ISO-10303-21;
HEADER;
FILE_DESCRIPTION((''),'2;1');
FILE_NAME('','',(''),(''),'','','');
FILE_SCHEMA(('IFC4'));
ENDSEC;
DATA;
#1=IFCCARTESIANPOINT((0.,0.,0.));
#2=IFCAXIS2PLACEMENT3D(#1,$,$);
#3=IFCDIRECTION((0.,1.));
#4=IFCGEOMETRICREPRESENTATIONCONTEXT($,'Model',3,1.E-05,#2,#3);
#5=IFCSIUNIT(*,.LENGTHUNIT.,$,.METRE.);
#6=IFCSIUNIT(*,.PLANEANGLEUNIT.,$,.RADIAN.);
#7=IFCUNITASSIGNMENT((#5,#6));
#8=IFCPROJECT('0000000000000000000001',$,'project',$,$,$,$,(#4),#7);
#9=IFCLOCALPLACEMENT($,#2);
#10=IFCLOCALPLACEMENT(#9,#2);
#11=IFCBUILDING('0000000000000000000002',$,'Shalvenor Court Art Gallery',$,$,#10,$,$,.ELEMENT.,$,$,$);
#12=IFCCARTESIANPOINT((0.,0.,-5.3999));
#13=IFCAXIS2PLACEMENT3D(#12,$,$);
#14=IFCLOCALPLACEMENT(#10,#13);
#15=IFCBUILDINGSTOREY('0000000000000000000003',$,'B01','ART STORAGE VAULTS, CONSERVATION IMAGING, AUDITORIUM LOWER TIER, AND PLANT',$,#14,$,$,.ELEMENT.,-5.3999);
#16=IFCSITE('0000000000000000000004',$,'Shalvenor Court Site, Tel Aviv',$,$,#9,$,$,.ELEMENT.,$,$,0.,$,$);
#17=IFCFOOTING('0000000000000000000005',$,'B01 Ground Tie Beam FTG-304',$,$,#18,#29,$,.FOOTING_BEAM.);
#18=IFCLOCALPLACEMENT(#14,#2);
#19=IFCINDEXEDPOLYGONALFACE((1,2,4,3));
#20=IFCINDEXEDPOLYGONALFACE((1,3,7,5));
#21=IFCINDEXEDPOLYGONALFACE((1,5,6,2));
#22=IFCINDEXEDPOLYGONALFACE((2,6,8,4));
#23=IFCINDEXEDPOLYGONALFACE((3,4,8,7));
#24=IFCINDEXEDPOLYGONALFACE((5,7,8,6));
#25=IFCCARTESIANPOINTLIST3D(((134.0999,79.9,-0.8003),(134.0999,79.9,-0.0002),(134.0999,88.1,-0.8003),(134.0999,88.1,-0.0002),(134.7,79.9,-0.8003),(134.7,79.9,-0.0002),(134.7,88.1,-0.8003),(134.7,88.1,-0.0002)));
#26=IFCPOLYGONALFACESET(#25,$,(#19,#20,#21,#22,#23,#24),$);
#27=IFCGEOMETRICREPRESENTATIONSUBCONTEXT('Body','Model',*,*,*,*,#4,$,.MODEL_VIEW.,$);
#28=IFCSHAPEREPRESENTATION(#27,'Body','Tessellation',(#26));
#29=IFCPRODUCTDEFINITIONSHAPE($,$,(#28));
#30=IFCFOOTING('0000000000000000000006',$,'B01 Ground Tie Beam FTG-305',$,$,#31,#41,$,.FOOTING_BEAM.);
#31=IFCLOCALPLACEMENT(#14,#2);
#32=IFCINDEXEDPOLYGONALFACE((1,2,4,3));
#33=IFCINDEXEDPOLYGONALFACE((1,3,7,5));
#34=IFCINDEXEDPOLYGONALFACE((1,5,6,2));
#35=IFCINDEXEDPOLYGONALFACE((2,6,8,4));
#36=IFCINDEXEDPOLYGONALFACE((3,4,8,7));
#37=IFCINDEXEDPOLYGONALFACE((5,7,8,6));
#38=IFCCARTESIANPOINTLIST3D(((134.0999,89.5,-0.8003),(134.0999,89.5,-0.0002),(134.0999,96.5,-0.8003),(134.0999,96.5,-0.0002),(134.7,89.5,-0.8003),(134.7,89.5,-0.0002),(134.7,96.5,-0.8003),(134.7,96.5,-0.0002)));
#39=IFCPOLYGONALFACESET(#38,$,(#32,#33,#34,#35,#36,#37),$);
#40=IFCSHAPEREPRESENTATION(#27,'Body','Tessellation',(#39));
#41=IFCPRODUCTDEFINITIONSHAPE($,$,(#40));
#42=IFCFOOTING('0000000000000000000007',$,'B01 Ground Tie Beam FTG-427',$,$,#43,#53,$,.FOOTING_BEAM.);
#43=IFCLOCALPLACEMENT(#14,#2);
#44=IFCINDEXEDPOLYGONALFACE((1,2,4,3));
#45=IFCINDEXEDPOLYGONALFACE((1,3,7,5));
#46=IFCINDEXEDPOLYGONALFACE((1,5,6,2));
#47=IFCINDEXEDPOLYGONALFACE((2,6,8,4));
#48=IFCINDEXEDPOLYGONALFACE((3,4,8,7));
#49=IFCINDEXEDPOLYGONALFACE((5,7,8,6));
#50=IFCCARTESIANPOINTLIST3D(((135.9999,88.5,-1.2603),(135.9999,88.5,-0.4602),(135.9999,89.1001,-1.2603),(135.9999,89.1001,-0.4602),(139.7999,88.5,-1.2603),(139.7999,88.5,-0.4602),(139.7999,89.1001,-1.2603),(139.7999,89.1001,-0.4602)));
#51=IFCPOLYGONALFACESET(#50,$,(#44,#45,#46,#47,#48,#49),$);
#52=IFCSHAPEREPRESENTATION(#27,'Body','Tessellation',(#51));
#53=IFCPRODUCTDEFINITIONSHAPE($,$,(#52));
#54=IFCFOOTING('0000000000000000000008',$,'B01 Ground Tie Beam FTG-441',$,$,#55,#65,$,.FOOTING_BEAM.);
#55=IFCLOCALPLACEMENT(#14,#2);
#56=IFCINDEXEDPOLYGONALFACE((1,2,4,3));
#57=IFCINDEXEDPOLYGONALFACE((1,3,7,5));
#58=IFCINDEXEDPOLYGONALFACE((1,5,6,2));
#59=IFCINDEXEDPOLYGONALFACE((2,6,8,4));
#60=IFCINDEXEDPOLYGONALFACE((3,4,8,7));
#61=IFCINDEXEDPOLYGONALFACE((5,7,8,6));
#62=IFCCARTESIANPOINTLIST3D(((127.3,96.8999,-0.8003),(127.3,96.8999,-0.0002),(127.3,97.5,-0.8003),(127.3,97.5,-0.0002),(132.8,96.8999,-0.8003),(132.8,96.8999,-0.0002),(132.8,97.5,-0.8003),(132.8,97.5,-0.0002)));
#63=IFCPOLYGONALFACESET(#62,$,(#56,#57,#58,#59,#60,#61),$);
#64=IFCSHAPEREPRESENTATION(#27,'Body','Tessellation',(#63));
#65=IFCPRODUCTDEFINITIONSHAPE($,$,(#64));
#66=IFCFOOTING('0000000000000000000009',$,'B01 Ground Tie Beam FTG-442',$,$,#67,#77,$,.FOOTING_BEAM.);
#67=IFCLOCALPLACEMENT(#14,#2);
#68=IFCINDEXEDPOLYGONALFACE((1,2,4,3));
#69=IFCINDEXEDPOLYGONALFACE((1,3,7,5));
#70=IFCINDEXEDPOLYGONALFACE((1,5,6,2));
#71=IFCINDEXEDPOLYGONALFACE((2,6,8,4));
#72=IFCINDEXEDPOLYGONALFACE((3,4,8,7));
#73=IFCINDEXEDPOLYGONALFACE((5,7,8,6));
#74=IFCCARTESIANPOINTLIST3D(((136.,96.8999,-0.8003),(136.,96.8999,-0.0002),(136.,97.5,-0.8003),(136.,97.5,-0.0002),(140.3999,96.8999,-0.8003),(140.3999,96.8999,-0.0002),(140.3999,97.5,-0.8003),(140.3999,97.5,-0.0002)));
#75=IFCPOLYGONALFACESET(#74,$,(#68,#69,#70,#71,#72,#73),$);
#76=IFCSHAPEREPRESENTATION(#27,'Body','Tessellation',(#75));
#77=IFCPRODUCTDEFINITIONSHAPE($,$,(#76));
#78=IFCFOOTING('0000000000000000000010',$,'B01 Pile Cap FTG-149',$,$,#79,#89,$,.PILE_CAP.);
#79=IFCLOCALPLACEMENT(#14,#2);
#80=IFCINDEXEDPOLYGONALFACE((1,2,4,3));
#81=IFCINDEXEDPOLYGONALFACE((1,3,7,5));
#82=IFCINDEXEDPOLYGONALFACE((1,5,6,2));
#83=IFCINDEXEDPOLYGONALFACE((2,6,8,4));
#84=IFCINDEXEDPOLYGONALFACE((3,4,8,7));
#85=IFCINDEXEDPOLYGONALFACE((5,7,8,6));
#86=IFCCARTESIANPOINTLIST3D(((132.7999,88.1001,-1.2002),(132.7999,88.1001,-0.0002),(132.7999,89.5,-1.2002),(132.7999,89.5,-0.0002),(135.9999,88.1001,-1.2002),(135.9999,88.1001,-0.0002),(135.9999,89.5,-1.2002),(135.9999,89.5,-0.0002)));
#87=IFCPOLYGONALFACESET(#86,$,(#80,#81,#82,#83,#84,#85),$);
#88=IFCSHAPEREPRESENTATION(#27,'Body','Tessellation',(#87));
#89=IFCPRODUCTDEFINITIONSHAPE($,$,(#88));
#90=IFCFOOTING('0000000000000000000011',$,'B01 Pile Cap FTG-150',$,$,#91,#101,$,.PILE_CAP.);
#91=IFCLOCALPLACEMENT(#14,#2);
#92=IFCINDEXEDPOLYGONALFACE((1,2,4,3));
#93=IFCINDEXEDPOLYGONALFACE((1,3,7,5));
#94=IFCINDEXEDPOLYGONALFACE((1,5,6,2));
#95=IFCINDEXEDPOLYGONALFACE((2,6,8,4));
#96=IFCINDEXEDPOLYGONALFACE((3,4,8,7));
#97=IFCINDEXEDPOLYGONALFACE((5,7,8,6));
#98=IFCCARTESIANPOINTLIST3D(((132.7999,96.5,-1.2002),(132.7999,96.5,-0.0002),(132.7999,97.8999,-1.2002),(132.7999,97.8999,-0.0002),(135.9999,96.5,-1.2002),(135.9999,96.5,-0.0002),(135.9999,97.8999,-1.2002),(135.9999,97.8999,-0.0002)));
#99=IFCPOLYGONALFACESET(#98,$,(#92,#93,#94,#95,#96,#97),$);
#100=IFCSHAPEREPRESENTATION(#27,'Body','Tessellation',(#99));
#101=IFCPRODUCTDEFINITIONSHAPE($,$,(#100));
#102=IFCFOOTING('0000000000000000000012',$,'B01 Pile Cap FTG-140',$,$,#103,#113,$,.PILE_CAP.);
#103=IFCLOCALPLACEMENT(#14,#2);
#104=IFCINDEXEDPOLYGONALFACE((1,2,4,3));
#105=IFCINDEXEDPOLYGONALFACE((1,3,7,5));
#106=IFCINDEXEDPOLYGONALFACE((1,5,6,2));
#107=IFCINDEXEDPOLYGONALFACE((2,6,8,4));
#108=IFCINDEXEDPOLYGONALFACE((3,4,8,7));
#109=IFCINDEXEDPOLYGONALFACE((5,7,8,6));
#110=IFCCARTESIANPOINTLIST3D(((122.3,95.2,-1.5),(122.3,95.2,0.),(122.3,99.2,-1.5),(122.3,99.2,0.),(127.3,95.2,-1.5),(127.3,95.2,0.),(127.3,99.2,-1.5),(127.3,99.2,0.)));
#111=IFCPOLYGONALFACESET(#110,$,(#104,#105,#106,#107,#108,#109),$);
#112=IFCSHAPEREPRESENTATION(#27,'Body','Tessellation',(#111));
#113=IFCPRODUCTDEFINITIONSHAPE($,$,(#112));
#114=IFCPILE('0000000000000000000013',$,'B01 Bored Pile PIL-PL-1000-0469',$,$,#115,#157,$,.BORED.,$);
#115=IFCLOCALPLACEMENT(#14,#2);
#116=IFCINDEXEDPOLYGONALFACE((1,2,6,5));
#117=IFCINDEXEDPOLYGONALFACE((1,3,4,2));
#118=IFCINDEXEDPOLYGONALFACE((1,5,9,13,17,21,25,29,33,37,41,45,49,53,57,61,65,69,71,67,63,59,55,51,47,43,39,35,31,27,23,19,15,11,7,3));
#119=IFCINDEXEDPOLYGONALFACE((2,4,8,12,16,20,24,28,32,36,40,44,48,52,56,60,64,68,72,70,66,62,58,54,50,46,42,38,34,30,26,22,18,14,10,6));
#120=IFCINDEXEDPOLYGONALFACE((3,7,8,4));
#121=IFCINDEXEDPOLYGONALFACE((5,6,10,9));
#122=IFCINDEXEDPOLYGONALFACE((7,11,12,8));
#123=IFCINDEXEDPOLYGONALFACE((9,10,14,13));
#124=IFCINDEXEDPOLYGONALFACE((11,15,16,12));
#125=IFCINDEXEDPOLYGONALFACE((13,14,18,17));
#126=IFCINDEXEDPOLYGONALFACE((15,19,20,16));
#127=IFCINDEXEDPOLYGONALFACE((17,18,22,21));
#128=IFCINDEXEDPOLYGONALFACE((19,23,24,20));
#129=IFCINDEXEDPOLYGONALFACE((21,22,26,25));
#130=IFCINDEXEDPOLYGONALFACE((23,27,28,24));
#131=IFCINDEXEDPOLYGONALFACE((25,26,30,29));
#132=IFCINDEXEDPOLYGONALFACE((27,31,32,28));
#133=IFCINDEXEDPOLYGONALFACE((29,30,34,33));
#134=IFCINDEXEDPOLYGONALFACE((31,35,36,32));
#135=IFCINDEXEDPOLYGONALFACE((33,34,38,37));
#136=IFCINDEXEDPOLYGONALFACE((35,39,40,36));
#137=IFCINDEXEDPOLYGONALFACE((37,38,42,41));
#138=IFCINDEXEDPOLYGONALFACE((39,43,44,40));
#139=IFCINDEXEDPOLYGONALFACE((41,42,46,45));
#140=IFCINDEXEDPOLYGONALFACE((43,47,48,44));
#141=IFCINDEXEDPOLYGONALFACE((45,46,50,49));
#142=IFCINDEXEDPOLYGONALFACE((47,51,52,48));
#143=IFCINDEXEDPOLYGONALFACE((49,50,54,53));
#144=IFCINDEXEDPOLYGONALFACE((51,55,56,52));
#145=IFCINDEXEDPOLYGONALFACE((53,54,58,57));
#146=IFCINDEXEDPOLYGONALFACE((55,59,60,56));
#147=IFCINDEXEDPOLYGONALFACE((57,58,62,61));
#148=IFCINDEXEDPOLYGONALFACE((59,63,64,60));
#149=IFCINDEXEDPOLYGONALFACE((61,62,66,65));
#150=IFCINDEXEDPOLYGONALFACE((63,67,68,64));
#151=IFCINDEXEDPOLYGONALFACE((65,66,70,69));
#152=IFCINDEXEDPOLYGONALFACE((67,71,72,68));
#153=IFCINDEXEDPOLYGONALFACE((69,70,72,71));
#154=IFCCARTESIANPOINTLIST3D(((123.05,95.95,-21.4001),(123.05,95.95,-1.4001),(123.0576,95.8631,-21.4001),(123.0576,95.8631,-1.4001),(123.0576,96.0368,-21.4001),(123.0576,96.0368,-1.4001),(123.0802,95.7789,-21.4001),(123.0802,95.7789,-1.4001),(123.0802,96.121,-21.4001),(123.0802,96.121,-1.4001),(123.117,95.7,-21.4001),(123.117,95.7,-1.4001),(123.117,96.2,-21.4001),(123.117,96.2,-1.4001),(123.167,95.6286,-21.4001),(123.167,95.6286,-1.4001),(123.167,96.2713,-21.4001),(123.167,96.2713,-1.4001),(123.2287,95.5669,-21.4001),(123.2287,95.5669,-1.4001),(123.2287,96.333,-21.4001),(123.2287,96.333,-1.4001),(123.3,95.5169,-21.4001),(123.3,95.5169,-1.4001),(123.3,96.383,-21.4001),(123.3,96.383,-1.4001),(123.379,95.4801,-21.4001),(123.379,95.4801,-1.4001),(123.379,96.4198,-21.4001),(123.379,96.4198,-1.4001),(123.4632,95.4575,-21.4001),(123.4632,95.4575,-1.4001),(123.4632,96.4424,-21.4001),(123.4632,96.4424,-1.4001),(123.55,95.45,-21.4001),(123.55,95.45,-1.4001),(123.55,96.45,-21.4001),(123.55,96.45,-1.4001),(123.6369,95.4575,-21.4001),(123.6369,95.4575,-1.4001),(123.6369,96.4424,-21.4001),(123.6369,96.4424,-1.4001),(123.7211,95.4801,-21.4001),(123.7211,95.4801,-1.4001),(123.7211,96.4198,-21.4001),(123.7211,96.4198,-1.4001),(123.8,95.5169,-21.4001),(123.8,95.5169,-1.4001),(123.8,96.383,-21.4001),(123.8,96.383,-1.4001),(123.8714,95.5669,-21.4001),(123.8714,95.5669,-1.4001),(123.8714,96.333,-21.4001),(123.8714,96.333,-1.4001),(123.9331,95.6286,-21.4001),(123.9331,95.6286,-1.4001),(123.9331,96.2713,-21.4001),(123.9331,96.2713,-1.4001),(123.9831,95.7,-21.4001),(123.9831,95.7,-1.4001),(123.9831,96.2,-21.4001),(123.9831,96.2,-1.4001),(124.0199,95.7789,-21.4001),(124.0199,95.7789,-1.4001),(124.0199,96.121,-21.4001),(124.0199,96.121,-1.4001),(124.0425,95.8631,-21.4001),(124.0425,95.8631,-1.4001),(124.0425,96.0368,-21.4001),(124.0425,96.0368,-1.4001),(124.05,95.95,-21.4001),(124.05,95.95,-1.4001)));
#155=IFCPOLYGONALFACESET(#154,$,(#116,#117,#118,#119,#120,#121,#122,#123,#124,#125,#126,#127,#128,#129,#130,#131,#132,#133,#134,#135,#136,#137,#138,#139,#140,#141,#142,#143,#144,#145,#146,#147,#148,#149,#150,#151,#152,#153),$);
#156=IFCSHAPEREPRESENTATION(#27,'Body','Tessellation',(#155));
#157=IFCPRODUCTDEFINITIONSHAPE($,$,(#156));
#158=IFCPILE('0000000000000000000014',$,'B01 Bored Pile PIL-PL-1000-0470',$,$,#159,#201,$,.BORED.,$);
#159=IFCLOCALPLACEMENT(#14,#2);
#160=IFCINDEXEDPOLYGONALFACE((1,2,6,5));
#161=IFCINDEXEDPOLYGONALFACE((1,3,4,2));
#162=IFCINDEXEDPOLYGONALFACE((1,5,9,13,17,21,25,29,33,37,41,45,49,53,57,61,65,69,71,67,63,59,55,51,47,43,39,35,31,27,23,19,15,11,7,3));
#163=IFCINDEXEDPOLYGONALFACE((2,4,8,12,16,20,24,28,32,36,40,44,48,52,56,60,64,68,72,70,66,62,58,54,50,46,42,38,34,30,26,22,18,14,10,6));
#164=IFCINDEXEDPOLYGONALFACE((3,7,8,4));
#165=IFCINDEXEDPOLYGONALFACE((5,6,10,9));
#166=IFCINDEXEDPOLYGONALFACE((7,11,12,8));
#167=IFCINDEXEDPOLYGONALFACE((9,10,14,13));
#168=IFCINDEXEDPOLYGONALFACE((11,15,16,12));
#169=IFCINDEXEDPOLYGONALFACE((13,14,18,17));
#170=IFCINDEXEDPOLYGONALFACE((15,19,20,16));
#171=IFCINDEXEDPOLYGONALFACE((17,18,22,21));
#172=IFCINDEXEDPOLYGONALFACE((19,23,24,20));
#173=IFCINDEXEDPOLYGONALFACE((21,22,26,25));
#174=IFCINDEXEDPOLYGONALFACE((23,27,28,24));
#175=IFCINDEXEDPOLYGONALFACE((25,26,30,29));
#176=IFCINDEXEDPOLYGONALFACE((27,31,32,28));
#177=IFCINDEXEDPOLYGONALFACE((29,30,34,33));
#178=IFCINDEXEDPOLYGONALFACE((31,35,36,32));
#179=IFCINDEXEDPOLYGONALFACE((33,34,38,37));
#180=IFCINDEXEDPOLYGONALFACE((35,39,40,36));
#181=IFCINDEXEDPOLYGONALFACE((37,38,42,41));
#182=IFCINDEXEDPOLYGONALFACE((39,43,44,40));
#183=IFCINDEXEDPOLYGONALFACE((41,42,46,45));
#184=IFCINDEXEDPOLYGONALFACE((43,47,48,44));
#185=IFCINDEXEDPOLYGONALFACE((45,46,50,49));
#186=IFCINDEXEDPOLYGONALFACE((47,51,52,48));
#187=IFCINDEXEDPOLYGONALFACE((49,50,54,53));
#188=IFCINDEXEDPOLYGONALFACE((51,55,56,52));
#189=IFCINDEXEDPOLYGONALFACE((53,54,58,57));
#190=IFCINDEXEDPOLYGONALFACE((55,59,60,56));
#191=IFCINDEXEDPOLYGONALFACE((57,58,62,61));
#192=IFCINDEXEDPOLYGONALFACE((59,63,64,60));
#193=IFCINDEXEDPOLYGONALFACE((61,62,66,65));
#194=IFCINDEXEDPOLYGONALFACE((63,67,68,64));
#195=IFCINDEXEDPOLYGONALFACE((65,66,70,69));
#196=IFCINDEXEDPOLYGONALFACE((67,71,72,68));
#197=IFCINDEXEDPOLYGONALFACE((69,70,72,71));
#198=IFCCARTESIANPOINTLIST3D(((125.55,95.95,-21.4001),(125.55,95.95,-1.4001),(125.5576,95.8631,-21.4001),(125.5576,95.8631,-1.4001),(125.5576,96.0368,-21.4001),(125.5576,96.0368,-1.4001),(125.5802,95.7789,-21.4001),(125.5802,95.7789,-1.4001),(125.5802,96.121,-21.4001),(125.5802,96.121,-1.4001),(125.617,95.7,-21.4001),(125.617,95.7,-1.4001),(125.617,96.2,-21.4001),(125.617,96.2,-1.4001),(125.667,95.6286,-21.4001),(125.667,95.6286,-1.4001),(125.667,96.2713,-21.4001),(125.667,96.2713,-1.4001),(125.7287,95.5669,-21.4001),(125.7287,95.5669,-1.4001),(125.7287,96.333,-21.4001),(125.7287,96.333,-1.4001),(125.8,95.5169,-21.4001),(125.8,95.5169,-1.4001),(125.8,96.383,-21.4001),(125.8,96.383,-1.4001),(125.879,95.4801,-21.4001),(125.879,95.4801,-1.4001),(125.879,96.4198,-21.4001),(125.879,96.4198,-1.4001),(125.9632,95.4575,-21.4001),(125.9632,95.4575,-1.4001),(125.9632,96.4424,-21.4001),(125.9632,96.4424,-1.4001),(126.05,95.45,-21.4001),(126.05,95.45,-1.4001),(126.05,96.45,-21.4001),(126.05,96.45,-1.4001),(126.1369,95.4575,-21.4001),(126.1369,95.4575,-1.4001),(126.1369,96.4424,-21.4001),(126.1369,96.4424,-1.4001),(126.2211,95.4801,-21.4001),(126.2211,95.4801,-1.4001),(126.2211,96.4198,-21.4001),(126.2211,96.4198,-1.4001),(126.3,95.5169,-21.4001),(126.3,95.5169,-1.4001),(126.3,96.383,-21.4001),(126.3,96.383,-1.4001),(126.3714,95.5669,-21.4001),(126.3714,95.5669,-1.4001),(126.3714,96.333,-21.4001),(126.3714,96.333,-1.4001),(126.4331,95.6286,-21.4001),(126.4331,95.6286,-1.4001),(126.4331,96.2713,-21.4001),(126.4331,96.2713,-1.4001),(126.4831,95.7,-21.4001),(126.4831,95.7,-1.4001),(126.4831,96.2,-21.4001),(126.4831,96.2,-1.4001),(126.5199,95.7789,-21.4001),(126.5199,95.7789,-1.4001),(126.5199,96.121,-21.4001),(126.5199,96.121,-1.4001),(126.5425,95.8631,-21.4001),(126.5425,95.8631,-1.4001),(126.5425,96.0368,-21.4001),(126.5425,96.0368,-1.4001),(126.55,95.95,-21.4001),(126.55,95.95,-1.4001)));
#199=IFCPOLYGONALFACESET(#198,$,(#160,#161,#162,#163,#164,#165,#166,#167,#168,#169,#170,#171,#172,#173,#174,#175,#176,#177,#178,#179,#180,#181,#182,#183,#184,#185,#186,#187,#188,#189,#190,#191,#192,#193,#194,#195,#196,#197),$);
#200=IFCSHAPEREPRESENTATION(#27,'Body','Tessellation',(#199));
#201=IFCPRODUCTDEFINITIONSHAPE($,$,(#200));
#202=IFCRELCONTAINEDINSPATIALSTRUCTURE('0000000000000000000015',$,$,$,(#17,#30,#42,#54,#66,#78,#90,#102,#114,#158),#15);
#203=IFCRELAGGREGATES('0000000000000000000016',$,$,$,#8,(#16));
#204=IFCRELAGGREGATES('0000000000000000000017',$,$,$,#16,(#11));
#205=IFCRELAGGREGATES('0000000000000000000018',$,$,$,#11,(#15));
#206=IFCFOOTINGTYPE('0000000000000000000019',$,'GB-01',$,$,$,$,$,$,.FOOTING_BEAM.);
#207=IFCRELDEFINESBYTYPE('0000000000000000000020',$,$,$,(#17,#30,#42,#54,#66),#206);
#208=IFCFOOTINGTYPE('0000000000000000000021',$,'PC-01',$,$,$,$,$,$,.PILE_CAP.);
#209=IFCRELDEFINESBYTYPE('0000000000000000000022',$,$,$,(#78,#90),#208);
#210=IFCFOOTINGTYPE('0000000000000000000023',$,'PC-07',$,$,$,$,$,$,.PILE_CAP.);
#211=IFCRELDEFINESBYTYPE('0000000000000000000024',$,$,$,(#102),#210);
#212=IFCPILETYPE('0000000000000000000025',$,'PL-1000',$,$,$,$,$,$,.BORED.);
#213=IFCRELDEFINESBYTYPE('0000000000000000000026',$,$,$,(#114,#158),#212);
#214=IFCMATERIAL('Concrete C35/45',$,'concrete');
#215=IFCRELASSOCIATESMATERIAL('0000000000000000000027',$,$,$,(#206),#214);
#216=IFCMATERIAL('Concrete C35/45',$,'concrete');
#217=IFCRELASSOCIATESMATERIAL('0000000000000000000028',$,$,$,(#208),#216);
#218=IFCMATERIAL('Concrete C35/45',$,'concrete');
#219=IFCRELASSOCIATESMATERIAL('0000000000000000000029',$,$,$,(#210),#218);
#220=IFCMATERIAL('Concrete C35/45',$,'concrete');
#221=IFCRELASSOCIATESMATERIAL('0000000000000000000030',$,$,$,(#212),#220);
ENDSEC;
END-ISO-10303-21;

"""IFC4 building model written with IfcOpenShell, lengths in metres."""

from ifc_helpers import new_model, si_unit, direction, frame, origin, origin_2d, place, context, subcontext, project, spatial, rectangle, circle, extrude, material, material_profile, profile_set, type_object, element, save


model = new_model("IFC4")

# Units and contexts
model_context = context("Model", 3, precision=1e-05, world=origin(), true_north=direction((0.0, 1.0)))
body_context = subcontext(model_context, "Body", "Model", "MODEL_VIEW")
ifc_project = project(units=[si_unit("LENGTHUNIT", "METRE"), si_unit("PLANEANGLEUNIT", "RADIAN")], contexts=[model_context])

# Site, building, storey
site_placement = place(None, origin())
site = spatial("IfcSite", under=ifc_project, at=site_placement, Name="Shalvenor Court Site, Tel Aviv", CompositionType="ELEMENT", RefElevation=0.0)
building_placement = place(site_placement, origin())
building = spatial("IfcBuilding", under=site, at=building_placement, Name="Shalvenor Court Art Gallery", CompositionType="ELEMENT")
storey_placement = place(building_placement, frame((0.0, 0.0, -5.3999)))
storey = spatial("IfcBuildingStorey", under=building, at=storey_placement, Name="B01", Description="ART STORAGE VAULTS, CONSERVATION IMAGING, AUDITORIUM LOWER TIER, AND PLANT", CompositionType="ELEMENT", Elevation=-5.3999)

# Footings
ifc_material_1 = material(Name="Concrete C35/45", Category="concrete")
footing_type_1 = type_object("IfcFootingType", Name="GB-01", PredefinedType="FOOTING_BEAM", material=ifc_material_1)
footing_1_placement = place(storey_placement, frame((134.3999, 84.0, -0.8003), z_axis=(0.0, 0.0, 1.0), x_axis=(0.0, 1.0, 0.0)))
element("IfcFooting", 1, at=footing_1_placement, inside=storey, type_object=footing_type_1, Name="B01 Ground Tie Beam FTG-304", PredefinedType="FOOTING_BEAM", context=body_context, shape_type="SweptSolid", body=[
    extrude(rectangle(XDim=8.2, YDim=0.6001, at=origin_2d()), origin(), (0.0, 0.0, 1.0), 0.8),
])
footing_2_placement = place(storey_placement, frame((134.3999, 93.0, -0.8003), z_axis=(0.0, 0.0, 1.0), x_axis=(0.0, 1.0, 0.0)))
element("IfcFooting", 2, at=footing_2_placement, inside=storey, type_object=footing_type_1, Name="B01 Ground Tie Beam FTG-305", PredefinedType="FOOTING_BEAM", context=body_context, shape_type="SweptSolid", body=[
    extrude(rectangle(XDim=7.0, YDim=0.6001, at=origin_2d()), origin(), (0.0, 0.0, 1.0), 0.8),
])
footing_3_placement = place(storey_placement, frame((137.8999, 88.8, -1.2603), z_axis=(0.0, 0.0, 1.0), x_axis=(1.0, 0.0, 0.0)))
element("IfcFooting", 3, at=footing_3_placement, inside=storey, type_object=footing_type_1, Name="B01 Ground Tie Beam FTG-427", PredefinedType="FOOTING_BEAM", context=body_context, shape_type="SweptSolid", body=[
    extrude(rectangle(XDim=3.8, YDim=0.6001, at=origin_2d()), origin(), (0.0, 0.0, 1.0), 0.8),
])
footing_4_placement = place(storey_placement, frame((130.05, 97.2, -0.8003), z_axis=(0.0, 0.0, 1.0), x_axis=(1.0, 0.0, 0.0)))
element("IfcFooting", 4, at=footing_4_placement, inside=storey, type_object=footing_type_1, Name="B01 Ground Tie Beam FTG-441", PredefinedType="FOOTING_BEAM", context=body_context, shape_type="SweptSolid", body=[
    extrude(rectangle(XDim=5.5, YDim=0.6001, at=origin_2d()), origin(), (0.0, 0.0, 1.0), 0.8),
])
footing_5_placement = place(storey_placement, frame((138.2, 97.2, -0.8003), z_axis=(0.0, 0.0, 1.0), x_axis=(1.0, 0.0, 0.0)))
element("IfcFooting", 5, at=footing_5_placement, inside=storey, type_object=footing_type_1, Name="B01 Ground Tie Beam FTG-442", PredefinedType="FOOTING_BEAM", context=body_context, shape_type="SweptSolid", body=[
    extrude(rectangle(XDim=4.3999, YDim=0.6001, at=origin_2d()), origin(), (0.0, 0.0, 1.0), 0.8),
])
ifc_material_2 = material(Name="Concrete C35/45", Category="concrete")
footing_type_2 = type_object("IfcFootingType", Name="PC-01", PredefinedType="PILE_CAP", material=ifc_material_2)
for number, where, z_axis, x_axis, name in (
    (6, (134.3999, 88.8, -1.2002), (0.0, 0.0, 1.0), (1.0, 0.0, 0.0), "B01 Pile Cap FTG-149"),
    (7, (134.3999, 97.2, -1.2002), (0.0, 0.0, 1.0), (1.0, 0.0, 0.0), "B01 Pile Cap FTG-150"),
):
    element("IfcFooting", number, at=place(storey_placement, frame(where, z_axis=z_axis, x_axis=x_axis)), inside=storey, type_object=footing_type_2, Name=name, PredefinedType="PILE_CAP", context=body_context, shape_type="SweptSolid", body=[
        extrude(rectangle(XDim=3.2, YDim=1.3999, at=origin_2d()), origin(), (0.0, 0.0, 1.0), 1.2),
    ])
ifc_material_3 = material(Name="Concrete C35/45", Category="concrete")
footing_type_3 = type_object("IfcFootingType", Name="PC-07", PredefinedType="PILE_CAP", material=ifc_material_3)
footing_6_placement = place(storey_placement, frame((124.8, 97.2, -1.5), z_axis=(0.0, 0.0, 1.0), x_axis=(1.0, 0.0, 0.0)))
element("IfcFooting", 8, at=footing_6_placement, inside=storey, type_object=footing_type_3, Name="B01 Pile Cap FTG-140", PredefinedType="PILE_CAP", context=body_context, shape_type="SweptSolid", body=[
    extrude(rectangle(XDim=5.0, YDim=4.0, at=origin_2d()), origin(), (0.0, 0.0, 1.0), 1.5),
])

# Piles
ifc_material_4 = material(Name="Concrete C35/45", Category="concrete")
ifc_material_profile_1 = material_profile(ifc_material_4, circle(Radius=0.5, at=origin_2d()), Name="PILE 1000")
ifc_profile_set_1 = profile_set([ifc_material_profile_1], Name="Concrete C35/45")
pile_type_1 = type_object("IfcPileType", Name="PL-1000", PredefinedType="BORED", material=ifc_profile_set_1)
for number, where, z_axis, x_axis, name in (
    (9, (123.55, 95.95, -1.4001), (0.0, 0.0, -1.0), (1.0, 0.0, 0.0), "B01 Bored Pile PIL-PL-1000-0469"),
    (10, (126.05, 95.95, -1.4001), (0.0, 0.0, -1.0), (1.0, 0.0, 0.0), "B01 Bored Pile PIL-PL-1000-0470"),
):
    element("IfcPile", number, at=place(storey_placement, frame(where, z_axis=z_axis, x_axis=x_axis)), inside=storey, type_object=pile_type_1, Name=name, PredefinedType="BORED", context=body_context, shape_type="SweptSolid", body=[
        extrude(circle(Radius=0.5, at=origin_2d()), origin(), (0.0, 0.0, 1.0), 20.0),
    ])

save(model, "model.ifc")
